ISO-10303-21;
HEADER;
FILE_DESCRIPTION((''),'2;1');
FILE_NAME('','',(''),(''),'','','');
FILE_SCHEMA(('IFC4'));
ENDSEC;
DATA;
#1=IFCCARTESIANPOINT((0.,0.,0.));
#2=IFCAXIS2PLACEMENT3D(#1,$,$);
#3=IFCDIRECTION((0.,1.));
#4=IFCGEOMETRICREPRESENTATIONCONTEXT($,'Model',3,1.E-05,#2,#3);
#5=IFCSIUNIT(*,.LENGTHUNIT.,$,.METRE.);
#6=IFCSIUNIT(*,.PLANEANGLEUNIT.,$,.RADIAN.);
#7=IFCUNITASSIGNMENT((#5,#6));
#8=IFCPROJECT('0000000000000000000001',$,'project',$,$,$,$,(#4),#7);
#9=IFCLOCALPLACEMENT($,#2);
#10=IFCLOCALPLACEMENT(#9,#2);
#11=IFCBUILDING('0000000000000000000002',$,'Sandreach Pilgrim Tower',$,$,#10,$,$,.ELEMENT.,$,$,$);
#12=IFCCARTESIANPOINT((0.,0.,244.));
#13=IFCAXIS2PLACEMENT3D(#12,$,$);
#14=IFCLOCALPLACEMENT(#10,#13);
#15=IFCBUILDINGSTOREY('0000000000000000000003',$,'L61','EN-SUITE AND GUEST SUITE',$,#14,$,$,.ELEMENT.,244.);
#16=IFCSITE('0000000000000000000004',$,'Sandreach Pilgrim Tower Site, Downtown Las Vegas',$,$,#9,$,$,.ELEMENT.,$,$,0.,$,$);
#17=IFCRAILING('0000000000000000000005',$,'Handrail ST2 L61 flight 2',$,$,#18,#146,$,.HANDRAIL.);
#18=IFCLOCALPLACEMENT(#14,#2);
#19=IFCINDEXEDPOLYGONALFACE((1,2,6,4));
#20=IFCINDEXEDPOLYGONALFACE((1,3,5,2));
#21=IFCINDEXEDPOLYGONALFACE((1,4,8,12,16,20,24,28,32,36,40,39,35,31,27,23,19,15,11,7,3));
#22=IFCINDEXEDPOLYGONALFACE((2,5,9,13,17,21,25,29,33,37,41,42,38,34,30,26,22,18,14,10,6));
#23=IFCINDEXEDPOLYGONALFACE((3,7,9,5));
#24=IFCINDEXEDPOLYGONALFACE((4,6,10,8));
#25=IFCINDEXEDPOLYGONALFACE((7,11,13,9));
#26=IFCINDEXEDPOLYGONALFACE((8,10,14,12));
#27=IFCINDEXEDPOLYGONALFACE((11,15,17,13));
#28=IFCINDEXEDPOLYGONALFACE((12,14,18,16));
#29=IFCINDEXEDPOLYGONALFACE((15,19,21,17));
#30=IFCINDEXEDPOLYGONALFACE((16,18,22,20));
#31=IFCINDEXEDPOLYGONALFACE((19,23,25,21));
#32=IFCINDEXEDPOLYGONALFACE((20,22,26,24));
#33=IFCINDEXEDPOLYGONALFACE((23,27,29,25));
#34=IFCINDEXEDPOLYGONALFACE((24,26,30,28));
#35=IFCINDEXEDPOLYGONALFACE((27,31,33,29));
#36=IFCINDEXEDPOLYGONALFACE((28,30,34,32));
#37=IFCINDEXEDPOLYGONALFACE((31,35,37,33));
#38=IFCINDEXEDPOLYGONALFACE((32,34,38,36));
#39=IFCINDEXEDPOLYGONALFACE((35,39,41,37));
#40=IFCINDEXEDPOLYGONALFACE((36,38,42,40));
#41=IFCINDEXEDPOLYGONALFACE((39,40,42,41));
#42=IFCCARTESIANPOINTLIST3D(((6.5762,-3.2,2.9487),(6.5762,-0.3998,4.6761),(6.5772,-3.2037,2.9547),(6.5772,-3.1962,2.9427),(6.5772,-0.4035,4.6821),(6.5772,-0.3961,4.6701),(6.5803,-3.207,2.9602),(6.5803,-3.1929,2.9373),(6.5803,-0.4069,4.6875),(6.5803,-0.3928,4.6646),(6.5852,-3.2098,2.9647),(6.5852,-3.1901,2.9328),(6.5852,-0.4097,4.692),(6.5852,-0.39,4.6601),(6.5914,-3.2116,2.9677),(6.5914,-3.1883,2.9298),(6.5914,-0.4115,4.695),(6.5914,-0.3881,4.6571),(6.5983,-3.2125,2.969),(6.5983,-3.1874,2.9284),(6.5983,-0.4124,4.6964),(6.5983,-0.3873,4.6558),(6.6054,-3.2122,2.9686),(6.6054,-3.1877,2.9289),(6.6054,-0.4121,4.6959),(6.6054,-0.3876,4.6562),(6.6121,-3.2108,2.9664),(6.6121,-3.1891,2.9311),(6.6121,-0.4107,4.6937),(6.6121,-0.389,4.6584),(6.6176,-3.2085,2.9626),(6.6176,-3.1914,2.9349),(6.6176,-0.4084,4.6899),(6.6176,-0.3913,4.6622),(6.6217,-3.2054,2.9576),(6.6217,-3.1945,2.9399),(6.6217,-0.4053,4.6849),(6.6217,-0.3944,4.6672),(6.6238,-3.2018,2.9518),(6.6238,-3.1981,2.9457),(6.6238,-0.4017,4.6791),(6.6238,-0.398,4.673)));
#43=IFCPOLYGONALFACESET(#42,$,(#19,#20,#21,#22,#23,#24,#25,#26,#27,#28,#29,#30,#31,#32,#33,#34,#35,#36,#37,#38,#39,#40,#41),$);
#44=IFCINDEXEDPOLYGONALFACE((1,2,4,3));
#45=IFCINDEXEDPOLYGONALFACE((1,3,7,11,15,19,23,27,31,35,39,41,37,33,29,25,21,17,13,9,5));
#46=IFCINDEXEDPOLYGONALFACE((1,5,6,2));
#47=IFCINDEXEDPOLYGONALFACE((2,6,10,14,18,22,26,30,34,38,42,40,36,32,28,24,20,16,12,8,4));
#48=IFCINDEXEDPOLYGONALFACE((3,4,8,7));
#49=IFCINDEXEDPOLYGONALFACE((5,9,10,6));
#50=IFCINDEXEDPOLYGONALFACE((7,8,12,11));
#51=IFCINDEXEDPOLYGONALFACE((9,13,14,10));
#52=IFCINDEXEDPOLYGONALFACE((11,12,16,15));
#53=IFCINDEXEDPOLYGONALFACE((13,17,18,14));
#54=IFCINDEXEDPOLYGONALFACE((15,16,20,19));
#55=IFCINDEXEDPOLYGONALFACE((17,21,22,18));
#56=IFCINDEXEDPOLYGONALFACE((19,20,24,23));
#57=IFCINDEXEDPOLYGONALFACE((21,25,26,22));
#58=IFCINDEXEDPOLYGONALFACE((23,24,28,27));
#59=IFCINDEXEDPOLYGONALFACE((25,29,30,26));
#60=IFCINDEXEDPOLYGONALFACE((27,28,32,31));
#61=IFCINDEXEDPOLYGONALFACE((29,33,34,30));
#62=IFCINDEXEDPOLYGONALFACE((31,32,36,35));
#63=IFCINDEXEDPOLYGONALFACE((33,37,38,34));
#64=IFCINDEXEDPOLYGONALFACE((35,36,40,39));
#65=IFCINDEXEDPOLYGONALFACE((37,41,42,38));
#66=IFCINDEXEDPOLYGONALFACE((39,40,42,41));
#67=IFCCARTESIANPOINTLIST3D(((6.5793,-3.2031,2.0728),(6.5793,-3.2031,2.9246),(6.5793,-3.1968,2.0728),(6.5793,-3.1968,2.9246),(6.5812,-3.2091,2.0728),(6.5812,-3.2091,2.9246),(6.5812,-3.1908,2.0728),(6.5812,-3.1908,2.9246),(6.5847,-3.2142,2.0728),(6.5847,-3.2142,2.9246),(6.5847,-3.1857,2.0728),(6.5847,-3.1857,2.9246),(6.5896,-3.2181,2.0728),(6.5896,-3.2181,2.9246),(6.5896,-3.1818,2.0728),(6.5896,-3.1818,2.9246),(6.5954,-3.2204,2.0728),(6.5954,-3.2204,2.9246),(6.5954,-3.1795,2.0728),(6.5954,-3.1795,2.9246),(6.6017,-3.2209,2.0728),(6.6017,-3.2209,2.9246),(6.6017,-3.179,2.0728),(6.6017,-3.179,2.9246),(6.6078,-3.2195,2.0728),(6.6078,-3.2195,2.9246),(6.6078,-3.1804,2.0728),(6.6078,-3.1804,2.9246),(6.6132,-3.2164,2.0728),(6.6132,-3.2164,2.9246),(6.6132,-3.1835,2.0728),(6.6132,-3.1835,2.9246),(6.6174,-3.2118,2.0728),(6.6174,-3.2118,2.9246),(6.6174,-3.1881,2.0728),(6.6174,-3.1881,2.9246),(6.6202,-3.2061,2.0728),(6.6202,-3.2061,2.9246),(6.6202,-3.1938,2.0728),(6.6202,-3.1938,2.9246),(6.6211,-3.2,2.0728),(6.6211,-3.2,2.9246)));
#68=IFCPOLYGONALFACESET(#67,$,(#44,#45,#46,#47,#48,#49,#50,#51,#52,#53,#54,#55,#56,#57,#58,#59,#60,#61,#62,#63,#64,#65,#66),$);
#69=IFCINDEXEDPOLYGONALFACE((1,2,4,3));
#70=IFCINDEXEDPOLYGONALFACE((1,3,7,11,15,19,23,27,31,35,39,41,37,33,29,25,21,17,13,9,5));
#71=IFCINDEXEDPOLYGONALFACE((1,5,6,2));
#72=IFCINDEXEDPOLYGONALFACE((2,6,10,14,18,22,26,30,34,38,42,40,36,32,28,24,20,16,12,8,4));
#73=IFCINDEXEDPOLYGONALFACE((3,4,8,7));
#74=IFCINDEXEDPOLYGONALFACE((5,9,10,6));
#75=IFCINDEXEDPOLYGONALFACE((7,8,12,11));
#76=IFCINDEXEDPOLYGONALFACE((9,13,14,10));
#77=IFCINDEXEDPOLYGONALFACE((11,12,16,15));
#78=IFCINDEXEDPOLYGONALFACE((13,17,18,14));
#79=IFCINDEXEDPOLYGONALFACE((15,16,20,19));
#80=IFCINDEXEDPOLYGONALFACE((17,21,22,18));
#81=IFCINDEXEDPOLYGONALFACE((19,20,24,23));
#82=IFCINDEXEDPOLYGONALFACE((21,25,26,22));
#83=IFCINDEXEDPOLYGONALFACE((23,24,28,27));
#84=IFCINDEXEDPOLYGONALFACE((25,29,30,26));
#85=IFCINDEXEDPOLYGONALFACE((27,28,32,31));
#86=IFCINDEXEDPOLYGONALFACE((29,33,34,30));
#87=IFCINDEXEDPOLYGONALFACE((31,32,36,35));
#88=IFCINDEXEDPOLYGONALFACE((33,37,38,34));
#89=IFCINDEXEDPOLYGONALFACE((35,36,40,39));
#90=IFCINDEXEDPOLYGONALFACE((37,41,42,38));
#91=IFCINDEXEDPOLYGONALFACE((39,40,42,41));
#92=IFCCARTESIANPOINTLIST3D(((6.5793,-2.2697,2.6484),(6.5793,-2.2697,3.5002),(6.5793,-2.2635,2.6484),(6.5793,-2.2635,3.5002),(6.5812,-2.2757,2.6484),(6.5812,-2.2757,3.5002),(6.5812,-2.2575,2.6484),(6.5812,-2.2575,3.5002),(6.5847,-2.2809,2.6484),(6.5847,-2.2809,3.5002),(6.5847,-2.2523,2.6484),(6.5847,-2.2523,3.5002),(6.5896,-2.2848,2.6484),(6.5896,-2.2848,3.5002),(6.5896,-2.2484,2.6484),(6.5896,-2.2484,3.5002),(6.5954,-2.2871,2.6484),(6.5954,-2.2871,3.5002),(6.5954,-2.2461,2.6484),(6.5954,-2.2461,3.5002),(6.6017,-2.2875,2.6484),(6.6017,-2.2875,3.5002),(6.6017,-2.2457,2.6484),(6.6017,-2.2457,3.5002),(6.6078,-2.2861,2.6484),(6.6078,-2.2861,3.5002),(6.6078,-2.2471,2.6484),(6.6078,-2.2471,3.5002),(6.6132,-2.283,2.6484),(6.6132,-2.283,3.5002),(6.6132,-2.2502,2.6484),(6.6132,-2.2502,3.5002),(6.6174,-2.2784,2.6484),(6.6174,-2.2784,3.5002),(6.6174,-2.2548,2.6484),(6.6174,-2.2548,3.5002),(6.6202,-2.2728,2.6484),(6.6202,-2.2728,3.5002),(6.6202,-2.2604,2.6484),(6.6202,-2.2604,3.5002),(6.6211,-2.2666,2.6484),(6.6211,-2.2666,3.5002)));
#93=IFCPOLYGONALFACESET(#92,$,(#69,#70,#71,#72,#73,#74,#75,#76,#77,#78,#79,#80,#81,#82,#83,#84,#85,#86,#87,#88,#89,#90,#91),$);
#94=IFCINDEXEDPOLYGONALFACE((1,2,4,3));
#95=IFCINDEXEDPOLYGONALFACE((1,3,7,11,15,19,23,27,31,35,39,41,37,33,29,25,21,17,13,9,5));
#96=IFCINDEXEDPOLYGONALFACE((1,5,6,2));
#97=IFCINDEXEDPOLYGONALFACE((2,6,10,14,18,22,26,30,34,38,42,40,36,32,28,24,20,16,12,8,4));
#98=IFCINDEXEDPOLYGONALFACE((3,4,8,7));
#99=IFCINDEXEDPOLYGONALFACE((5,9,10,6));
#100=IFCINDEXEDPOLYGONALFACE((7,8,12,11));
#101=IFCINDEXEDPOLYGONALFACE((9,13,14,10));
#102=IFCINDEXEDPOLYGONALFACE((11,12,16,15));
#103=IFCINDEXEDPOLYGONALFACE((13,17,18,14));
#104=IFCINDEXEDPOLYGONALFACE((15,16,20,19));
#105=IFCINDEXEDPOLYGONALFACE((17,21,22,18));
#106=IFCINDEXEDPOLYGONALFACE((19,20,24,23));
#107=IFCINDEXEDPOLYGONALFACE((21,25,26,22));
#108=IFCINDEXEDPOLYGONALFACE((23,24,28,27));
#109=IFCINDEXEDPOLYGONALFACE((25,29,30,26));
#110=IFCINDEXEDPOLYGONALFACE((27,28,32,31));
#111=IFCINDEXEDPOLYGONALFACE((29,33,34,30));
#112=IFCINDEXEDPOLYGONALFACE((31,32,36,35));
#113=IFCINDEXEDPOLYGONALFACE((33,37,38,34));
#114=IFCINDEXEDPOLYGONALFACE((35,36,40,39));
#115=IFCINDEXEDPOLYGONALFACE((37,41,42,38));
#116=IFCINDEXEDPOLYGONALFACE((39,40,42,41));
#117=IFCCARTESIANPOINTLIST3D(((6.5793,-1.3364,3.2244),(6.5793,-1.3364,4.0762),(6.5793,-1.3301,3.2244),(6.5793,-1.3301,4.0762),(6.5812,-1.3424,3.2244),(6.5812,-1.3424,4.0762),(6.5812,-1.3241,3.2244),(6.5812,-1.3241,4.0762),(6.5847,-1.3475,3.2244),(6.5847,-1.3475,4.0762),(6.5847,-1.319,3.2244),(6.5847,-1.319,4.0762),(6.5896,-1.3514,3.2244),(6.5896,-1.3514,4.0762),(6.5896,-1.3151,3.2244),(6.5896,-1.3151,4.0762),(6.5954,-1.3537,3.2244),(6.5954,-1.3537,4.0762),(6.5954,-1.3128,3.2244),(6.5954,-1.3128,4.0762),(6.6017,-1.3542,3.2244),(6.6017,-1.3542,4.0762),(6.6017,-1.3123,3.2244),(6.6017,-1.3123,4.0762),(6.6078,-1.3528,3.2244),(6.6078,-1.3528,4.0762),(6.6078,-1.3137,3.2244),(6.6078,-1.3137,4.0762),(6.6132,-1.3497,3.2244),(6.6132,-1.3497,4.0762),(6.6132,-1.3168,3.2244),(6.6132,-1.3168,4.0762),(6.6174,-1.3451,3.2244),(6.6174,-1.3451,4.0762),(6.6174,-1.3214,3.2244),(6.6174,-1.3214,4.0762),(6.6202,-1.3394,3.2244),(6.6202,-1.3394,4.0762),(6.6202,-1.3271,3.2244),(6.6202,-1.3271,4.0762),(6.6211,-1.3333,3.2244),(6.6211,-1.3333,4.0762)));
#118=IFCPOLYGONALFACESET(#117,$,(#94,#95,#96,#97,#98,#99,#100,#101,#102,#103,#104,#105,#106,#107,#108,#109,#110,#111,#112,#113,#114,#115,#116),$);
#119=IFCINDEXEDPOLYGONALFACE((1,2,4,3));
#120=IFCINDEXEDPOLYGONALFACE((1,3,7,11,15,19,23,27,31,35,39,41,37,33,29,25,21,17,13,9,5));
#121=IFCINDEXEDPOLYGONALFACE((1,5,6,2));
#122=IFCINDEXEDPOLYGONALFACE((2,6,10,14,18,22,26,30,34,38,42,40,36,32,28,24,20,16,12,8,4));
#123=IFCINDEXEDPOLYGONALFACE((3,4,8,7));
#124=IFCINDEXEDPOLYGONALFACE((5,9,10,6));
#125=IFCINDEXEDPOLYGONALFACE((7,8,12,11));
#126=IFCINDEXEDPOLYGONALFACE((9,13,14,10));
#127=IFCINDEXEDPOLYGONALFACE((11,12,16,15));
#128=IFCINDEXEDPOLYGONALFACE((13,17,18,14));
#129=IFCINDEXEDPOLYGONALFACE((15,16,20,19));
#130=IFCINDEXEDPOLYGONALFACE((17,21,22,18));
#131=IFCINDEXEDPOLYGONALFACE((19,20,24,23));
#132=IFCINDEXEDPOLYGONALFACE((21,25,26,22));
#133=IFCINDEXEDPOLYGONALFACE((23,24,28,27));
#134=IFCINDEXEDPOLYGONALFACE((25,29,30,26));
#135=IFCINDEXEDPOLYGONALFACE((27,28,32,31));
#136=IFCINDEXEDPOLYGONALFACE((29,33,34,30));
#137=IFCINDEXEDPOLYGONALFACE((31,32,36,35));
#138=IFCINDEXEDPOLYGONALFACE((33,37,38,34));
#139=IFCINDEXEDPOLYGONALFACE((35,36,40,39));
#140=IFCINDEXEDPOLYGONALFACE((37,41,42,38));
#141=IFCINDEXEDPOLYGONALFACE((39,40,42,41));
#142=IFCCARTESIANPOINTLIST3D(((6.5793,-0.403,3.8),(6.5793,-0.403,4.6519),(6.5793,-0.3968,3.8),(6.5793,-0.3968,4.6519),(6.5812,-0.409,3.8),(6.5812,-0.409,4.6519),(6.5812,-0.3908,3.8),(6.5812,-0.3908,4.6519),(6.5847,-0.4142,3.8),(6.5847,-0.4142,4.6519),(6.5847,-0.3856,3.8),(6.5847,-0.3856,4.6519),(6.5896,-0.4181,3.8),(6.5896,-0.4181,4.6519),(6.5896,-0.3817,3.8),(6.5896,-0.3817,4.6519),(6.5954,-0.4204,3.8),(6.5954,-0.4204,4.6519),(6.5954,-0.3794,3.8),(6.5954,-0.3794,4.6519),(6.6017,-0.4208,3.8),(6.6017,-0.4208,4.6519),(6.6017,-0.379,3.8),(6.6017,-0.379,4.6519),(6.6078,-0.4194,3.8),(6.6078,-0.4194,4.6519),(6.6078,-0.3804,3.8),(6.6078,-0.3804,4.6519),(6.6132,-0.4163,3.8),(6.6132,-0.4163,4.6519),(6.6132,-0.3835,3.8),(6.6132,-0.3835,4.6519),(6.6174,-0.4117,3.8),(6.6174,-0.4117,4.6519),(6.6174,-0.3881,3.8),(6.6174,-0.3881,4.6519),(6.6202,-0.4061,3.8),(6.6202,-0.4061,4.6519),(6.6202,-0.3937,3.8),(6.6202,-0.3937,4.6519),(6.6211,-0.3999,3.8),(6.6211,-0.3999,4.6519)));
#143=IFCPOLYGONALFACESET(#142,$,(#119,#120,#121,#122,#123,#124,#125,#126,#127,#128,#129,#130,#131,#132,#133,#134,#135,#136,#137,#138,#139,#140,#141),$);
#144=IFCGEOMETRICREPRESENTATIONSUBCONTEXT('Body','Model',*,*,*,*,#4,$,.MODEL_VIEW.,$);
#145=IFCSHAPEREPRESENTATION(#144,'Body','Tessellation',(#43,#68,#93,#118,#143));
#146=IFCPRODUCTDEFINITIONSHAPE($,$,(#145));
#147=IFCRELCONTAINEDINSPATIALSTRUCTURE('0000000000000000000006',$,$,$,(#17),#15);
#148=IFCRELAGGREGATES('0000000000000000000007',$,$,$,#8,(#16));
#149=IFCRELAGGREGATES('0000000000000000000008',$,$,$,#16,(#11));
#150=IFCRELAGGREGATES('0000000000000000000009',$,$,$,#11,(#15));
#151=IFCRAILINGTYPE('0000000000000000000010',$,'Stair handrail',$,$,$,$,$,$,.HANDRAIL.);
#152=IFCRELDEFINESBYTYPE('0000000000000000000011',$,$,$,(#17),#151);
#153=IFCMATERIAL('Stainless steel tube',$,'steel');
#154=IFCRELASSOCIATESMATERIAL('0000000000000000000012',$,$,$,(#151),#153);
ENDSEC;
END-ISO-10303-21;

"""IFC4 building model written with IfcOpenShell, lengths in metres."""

from ifc_helpers import new_model, si_unit, direction, frame, origin, origin_2d, place, context, subcontext, project, spatial, circle, extrude, material, type_object, element, save


model = new_model("IFC4")

# Units and contexts
model_context = context("Model", 3, precision=1e-05, world=origin(), true_north=direction((0.0, 1.0)))
body_context = subcontext(model_context, "Body", "Model", "MODEL_VIEW")
ifc_project = project(units=[si_unit("LENGTHUNIT", "METRE"), si_unit("PLANEANGLEUNIT", "RADIAN")], contexts=[model_context])

# Site, building, storey
site_placement = place(None, origin())
site = spatial("IfcSite", under=ifc_project, at=site_placement, Name="Sandreach Pilgrim Tower Site, Downtown Las Vegas", CompositionType="ELEMENT", RefElevation=0.0)
building_placement = place(site_placement, origin())
building = spatial("IfcBuilding", under=site, at=building_placement, Name="Sandreach Pilgrim Tower", CompositionType="ELEMENT")
storey_placement = place(building_placement, frame((0.0, 0.0, 244.0)))
storey = spatial("IfcBuildingStorey", under=building, at=storey_placement, Name="L61", Description="EN-SUITE AND GUEST SUITE", CompositionType="ELEMENT", Elevation=244.0)

# Railing
ifc_material_1 = material(Name="Stainless steel tube", Category="steel")
railing_type = type_object("IfcRailingType", Name="Stair handrail", PredefinedType="HANDRAIL", material=ifc_material_1)
for number, where, name in (
    (1, (6.6001, -3.2, 2.0728), "Handrail ST2 L61 flight 2"),
):
    element("IfcRailing", number, at=place(storey_placement, frame(where)), inside=storey, type_object=railing_type, Name=name, PredefinedType="HANDRAIL", context=body_context, shape_type="SweptSolid", body=[
        extrude(circle(Radius=0.0239, at=origin_2d()), frame((0.0, 0.0, 0.876), z_axis=(0.0, 0.85109, 0.52502), x_axis=(-1.0, 0.0, 0.0)), (0.0, 0.0, 1.0), 3.29),
        extrude(circle(Radius=0.021, at=origin_2d()), origin(), (0.0, 0.0, 1.0), 0.8518),
        extrude(circle(Radius=0.021, at=origin_2d()), frame((0.0, 0.9333, 0.5757)), (0.0, 0.0, 1.0), 0.8518),
        extrude(circle(Radius=0.021, at=origin_2d()), frame((0.0, 1.8667, 1.1516)), (0.0, 0.0, 1.0), 0.8518),
        extrude(circle(Radius=0.021, at=origin_2d()), frame((0.0, 2.8, 1.7273)), (0.0, 0.0, 1.0), 0.8518),
    ])

save(model, "model.ifc")
